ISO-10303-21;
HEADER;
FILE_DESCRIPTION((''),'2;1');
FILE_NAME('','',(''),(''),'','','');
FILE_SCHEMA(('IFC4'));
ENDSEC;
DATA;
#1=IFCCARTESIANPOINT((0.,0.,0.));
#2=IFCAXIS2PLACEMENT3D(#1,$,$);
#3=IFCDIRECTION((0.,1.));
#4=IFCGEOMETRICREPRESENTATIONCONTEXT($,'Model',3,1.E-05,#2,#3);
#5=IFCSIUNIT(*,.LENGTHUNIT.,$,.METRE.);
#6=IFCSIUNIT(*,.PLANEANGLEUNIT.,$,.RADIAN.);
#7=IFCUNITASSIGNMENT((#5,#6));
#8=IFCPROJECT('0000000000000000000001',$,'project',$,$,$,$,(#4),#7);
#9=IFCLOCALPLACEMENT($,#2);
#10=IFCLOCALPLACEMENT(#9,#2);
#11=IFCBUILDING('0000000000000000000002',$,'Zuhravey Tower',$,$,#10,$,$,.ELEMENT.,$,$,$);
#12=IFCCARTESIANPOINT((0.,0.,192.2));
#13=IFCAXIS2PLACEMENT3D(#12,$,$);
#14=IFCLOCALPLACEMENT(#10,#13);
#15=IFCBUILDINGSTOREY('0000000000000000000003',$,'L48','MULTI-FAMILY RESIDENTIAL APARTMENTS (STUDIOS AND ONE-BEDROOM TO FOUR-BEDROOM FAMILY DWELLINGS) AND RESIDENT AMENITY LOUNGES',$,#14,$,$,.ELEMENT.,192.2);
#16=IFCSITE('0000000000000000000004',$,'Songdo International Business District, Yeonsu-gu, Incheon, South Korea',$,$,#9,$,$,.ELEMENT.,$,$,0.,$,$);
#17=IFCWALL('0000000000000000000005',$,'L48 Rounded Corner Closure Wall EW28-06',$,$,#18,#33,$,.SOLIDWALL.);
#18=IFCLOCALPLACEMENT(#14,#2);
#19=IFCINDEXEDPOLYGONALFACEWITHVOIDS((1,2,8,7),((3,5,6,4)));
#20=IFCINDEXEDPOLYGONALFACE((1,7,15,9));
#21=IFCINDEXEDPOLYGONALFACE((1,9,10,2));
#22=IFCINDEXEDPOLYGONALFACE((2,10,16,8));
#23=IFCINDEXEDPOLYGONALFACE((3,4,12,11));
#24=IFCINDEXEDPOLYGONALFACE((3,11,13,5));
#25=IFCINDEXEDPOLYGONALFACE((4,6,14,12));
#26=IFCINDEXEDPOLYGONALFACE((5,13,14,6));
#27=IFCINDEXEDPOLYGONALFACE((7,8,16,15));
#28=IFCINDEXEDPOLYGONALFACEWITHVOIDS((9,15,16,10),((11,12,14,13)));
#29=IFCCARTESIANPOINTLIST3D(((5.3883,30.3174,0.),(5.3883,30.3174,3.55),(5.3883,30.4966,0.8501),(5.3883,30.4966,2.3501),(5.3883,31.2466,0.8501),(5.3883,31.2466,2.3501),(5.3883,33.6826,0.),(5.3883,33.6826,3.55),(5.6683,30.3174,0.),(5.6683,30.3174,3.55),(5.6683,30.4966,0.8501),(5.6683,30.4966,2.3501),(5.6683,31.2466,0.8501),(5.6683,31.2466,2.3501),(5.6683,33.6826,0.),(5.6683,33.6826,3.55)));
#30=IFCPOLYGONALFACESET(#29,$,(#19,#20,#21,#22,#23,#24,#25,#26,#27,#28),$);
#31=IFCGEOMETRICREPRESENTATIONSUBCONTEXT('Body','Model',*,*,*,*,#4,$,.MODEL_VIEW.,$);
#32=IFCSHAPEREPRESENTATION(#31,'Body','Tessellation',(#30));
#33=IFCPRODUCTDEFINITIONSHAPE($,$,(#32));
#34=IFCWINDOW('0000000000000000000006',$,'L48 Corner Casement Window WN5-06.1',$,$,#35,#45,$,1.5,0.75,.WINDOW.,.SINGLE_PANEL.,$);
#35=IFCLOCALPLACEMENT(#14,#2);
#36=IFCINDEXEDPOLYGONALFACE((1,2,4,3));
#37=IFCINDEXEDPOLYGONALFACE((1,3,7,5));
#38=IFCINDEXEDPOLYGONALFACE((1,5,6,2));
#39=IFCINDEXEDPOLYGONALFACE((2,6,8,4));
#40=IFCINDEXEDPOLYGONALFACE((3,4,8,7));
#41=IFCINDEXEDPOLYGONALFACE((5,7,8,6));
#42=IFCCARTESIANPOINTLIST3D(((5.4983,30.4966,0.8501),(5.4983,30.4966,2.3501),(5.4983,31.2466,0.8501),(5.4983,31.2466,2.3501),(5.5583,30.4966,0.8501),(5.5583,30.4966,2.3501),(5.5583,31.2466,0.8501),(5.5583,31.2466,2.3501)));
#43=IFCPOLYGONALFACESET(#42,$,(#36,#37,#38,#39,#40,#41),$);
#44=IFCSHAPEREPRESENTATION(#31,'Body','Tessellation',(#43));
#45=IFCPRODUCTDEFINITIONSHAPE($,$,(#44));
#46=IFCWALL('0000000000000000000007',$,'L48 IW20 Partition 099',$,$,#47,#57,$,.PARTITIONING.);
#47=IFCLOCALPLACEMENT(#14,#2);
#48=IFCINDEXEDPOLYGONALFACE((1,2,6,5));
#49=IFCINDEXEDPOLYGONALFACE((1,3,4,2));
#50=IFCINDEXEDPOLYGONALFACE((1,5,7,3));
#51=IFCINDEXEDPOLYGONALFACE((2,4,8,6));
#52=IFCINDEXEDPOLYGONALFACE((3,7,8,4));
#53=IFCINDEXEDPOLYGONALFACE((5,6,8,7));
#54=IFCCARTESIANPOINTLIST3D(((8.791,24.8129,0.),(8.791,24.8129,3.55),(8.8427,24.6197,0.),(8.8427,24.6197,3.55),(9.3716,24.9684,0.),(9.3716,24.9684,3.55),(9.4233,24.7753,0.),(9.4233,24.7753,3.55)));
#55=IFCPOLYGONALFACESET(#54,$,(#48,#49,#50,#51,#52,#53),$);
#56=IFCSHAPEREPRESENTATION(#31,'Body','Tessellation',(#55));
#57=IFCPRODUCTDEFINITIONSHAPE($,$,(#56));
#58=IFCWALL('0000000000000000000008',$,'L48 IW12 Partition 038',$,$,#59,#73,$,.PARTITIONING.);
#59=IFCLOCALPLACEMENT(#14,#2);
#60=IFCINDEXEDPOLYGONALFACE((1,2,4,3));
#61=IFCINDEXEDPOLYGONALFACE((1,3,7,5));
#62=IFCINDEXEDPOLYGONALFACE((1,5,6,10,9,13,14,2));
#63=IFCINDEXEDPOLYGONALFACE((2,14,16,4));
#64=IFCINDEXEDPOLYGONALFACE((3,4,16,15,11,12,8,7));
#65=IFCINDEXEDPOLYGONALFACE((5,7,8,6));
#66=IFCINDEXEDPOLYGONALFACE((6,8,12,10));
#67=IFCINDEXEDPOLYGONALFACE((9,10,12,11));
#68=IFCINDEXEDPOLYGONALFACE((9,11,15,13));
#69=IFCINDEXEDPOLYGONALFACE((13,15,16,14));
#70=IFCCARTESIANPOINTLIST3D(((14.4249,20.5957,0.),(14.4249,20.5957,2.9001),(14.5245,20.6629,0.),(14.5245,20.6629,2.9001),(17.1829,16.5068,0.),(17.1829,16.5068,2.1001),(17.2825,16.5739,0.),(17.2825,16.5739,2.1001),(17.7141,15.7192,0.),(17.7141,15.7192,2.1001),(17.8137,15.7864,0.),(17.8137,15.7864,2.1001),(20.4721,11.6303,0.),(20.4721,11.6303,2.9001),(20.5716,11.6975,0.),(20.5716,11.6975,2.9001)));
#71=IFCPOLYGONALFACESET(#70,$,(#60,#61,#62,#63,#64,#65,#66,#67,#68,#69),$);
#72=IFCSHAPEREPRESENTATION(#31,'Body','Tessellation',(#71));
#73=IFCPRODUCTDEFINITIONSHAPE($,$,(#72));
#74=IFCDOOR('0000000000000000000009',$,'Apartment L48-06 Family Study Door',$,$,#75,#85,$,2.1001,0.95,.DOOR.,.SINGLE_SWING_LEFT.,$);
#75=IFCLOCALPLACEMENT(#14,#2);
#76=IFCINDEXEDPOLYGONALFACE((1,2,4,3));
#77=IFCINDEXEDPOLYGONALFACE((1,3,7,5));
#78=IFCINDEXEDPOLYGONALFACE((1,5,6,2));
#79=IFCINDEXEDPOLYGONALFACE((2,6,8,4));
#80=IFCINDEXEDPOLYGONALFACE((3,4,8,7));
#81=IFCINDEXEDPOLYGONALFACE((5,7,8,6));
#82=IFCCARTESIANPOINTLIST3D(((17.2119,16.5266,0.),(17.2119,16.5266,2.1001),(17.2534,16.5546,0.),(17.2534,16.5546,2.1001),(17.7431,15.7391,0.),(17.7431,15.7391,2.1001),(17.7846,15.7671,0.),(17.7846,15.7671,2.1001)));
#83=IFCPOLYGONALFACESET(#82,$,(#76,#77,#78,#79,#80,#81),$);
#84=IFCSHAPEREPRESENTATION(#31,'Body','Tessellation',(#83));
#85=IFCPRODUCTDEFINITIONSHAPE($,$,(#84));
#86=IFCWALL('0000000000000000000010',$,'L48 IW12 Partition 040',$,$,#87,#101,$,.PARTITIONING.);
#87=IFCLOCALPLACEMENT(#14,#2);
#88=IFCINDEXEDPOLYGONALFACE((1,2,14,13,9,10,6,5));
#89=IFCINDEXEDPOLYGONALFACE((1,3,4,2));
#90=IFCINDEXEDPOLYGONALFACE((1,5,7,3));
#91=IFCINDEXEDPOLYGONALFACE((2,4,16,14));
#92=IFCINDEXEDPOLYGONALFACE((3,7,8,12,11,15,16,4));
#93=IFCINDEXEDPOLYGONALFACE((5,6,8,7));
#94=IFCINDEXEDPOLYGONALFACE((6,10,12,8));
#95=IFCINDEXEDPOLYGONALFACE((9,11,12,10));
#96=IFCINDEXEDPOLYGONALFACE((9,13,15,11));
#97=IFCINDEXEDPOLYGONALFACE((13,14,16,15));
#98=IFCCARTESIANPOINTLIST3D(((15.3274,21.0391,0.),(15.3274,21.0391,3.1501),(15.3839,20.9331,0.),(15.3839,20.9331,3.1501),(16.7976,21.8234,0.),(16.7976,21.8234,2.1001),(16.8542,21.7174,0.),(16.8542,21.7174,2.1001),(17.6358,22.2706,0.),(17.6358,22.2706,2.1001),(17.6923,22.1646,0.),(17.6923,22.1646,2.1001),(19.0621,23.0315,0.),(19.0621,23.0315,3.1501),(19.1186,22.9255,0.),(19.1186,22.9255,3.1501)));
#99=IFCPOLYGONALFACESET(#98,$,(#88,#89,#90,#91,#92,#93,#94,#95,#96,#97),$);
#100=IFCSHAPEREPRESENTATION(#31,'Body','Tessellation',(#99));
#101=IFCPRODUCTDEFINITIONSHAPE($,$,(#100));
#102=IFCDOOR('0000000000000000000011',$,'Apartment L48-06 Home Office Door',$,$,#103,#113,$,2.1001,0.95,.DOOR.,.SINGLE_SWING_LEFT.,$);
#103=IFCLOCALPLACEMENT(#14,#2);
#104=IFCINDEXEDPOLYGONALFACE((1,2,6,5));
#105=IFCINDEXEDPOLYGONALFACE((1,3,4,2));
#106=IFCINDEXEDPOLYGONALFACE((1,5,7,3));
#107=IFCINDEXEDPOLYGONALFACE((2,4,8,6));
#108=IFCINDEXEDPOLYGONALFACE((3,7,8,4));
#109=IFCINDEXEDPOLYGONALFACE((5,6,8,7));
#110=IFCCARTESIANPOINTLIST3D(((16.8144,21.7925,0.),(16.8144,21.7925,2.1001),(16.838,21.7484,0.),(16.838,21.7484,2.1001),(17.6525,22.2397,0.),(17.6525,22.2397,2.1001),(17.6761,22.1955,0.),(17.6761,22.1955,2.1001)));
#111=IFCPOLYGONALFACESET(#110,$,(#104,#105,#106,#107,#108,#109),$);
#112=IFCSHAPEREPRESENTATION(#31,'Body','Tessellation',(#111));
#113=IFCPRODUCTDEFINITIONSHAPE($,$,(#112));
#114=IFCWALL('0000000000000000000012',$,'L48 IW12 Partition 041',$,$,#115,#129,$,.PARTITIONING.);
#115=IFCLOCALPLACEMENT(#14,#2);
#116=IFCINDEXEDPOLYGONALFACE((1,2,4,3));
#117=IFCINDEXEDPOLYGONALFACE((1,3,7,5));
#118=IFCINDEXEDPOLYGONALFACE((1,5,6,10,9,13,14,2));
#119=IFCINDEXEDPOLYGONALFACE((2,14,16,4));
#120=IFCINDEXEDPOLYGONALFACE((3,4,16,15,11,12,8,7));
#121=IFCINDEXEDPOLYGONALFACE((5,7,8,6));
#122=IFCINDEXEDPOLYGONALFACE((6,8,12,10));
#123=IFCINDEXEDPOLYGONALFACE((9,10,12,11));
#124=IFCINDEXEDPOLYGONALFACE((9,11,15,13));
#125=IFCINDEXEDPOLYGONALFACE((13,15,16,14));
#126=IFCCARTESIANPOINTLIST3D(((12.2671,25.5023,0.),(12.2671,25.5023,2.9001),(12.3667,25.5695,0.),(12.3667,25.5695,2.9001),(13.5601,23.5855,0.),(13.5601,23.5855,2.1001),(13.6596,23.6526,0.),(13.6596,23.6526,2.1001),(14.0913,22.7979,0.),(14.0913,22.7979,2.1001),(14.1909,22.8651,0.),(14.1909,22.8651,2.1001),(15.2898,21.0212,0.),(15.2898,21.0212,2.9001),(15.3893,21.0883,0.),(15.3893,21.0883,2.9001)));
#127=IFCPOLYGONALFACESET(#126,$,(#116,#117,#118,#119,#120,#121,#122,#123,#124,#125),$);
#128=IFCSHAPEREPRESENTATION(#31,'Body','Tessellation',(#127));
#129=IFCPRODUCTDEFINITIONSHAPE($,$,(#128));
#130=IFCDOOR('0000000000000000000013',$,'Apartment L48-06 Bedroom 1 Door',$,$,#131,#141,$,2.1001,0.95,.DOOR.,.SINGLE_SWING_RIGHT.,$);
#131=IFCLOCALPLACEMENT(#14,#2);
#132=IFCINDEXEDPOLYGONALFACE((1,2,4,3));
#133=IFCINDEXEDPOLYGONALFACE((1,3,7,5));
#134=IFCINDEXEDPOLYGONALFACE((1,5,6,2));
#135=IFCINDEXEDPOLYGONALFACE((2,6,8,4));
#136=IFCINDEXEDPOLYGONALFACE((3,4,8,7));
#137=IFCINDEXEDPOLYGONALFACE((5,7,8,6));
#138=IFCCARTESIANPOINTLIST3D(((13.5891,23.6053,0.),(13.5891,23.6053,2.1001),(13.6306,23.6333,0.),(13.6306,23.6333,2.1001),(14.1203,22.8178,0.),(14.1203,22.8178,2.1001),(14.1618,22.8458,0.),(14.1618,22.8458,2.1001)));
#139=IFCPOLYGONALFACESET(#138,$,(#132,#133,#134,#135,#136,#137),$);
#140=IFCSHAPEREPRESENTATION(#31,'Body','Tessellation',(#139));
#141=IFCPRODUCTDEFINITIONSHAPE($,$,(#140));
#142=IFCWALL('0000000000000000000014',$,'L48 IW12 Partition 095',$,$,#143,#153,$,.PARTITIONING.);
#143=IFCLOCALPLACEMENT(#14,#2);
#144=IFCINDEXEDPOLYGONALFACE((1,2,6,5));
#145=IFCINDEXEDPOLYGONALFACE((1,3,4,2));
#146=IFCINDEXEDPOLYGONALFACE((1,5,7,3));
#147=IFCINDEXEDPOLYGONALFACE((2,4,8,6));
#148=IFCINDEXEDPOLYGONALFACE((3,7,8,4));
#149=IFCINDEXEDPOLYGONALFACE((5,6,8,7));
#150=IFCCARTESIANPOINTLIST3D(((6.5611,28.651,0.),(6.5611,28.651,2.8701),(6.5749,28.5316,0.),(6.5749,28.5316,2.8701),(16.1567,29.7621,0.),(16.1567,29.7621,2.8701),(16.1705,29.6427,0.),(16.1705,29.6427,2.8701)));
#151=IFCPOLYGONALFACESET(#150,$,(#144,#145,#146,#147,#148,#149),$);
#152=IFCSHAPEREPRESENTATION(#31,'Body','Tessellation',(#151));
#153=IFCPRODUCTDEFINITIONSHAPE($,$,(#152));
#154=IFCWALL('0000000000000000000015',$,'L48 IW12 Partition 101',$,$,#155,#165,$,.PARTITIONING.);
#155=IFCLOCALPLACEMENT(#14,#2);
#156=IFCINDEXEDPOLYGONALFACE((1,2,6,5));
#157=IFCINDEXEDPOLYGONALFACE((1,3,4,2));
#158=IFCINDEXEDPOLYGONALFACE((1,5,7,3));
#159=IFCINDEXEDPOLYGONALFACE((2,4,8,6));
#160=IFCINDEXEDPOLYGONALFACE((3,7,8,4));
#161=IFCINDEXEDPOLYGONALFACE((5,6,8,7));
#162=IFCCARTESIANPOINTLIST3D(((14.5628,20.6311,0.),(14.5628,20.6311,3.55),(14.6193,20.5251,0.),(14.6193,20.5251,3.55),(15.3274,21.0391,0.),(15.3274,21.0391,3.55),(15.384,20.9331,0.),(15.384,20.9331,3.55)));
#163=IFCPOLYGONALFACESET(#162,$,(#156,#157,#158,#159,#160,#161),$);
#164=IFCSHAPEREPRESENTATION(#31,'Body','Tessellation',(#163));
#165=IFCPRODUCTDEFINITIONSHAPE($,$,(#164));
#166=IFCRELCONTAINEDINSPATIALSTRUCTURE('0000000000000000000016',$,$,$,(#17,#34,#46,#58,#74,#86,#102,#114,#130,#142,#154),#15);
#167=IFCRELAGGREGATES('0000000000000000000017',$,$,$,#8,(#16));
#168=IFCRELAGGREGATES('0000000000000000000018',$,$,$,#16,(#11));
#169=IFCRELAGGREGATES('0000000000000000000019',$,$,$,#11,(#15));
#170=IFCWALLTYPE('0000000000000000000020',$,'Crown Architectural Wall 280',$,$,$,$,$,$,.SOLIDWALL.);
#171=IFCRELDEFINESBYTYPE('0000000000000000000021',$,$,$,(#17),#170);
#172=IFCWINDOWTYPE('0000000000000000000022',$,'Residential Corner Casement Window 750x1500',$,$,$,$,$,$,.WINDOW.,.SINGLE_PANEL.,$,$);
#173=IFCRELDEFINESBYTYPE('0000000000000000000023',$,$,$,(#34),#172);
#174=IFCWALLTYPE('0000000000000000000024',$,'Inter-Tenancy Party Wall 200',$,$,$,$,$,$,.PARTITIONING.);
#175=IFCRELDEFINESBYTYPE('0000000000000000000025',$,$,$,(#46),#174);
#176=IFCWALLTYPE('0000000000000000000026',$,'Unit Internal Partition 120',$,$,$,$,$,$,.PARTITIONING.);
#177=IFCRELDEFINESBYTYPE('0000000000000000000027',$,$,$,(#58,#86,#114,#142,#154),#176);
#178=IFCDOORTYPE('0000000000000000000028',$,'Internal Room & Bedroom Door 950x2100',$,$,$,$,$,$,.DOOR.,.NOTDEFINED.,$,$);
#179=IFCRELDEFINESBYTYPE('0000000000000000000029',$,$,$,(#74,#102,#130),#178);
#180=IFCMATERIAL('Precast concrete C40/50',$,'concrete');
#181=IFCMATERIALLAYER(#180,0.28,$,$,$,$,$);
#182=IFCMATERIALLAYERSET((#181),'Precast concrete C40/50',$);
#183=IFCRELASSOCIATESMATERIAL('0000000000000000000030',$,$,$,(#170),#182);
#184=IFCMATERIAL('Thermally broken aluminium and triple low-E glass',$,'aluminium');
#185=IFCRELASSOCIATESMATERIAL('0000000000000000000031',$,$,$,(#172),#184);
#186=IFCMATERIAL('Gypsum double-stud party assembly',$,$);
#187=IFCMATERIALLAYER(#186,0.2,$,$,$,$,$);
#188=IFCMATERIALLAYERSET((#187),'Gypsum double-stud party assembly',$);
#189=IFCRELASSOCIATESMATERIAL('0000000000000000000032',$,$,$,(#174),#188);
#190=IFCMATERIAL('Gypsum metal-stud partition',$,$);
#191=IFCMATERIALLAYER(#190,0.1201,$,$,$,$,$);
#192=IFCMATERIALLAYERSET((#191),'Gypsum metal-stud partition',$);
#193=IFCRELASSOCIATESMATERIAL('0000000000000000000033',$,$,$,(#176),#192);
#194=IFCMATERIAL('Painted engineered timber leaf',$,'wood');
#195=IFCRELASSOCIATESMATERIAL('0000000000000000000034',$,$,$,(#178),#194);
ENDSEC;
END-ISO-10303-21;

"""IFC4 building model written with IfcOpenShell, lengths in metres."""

from ifc_helpers import new_model, si_unit, direction, frame, frame_2d, origin, place, context, subcontext, project, spatial, rectangle, extrude, material, layer, layer_set, type_object, element, fill, save


model = new_model("IFC4")

# Units and contexts
model_context = context("Model", 3, precision=1e-05, world=origin(), true_north=direction((0.0, 1.0)))
body_context = subcontext(model_context, "Body", "Model", "MODEL_VIEW")
ifc_project = project(units=[si_unit("LENGTHUNIT", "METRE"), si_unit("PLANEANGLEUNIT", "RADIAN")], contexts=[model_context])

# Site, building, storey
site_placement = place(None, origin())
site = spatial("IfcSite", under=ifc_project, at=site_placement, Name="Songdo International Business District, Yeonsu-gu, Incheon, South Korea", CompositionType="ELEMENT", RefElevation=0.0)
building_placement = place(site_placement, origin())
building = spatial("IfcBuilding", under=site, at=building_placement, Name="Zuhravey Tower", CompositionType="ELEMENT")
storey_placement = place(building_placement, frame((0.0, 0.0, 192.2)))
storey = spatial("IfcBuildingStorey", under=building, at=storey_placement, Name="L48", Description="MULTI-FAMILY RESIDENTIAL APARTMENTS (STUDIOS AND ONE-BEDROOM TO FOUR-BEDROOM FAMILY DWELLINGS) AND RESIDENT AMENITY LOUNGES", CompositionType="ELEMENT", Elevation=192.2)

# Wall, opening, window
ifc_material_1 = material(Name="Precast concrete C40/50", Category="concrete")
ifc_layer_1 = layer(ifc_material_1, 0.28)
ifc_layer_set_1 = layer_set([ifc_layer_1], Name="Precast concrete C40/50")
wall_type_1 = type_object("IfcWallType", Name="Crown Architectural Wall 280", PredefinedType="SOLIDWALL", material=ifc_layer_set_1)
wall_1_placement = place(storey_placement, frame((5.5283, 30.3174, 0.0), z_axis=(0.0, 0.0, 1.0), x_axis=(0.0, 1.0, 0.0)))
wall_1 = element("IfcWall", 1, at=wall_1_placement, inside=storey, type_object=wall_type_1, Name="L48 Rounded Corner Closure Wall EW28-06", PredefinedType="SOLIDWALL", context=body_context, shape_type="SweptSolid", body=[
    extrude(rectangle(XDim=3.3652, YDim=0.28, at=frame_2d((1.6826, 0.0))), origin(), (0.0, 0.0, 1.0), 3.55),
])
opening_1_placement = place(wall_1_placement, frame((0.1792, 0.0, 0.8501)))
opening_1 = element("IfcOpeningElement", 2, at=opening_1_placement, cuts=wall_1, PredefinedType="OPENING", context=body_context, shape_type="SweptSolid", body=[
    extrude(rectangle(XDim=0.75, YDim=1.5, at=frame_2d((0.375, 0.75))), frame((0.0, 0.1521, 0.0), z_axis=(0.0, -1.0, 0.0), x_axis=(1.0, 0.0, 0.0)), (0.0, 0.0, 1.0), 0.304),
])
ifc_material_2 = material(Name="Thermally broken aluminium and triple low-E glass", Category="aluminium")
window_type = type_object("IfcWindowType", Name="Residential Corner Casement Window 750x1500", PartitioningType="SINGLE_PANEL", PredefinedType="WINDOW", material=ifc_material_2)
window_placement = place(opening_1_placement, origin())
window = element("IfcWindow", 3, at=window_placement, inside=storey, type_object=window_type, Name="L48 Corner Casement Window WN5-06.1", OverallHeight=1.5, OverallWidth=0.75, PartitioningType="SINGLE_PANEL", PredefinedType="WINDOW", context=body_context, shape_type="SweptSolid", body=[
    extrude(rectangle(XDim=0.75, YDim=1.5, at=frame_2d((0.375, 0.75))), frame((0.0, 0.03, 0.0), z_axis=(0.0, -1.0, 0.0), x_axis=(1.0, 0.0, 0.0)), (0.0, 0.0, 1.0), 0.0601),
])
fill(opening_1, window)

# Wall
ifc_material_3 = material(Name="Gypsum double-stud party assembly")
ifc_layer_2 = layer(ifc_material_3, 0.2)
ifc_layer_set_2 = layer_set([ifc_layer_2], Name="Gypsum double-stud party assembly")
wall_type_2 = type_object("IfcWallType", Name="Inter-Tenancy Party Wall 200", PredefinedType="PARTITIONING", material=ifc_layer_set_2)
wall_2_placement = place(storey_placement, frame((9.3975, 24.8718, 0.0), z_axis=(0.0, 0.0, 1.0), x_axis=(-0.965944, -0.25875, 0.0)))
element("IfcWall", 4, at=wall_2_placement, inside=storey, type_object=wall_type_2, Name="L48 IW20 Partition 099", PredefinedType="PARTITIONING", context=body_context, shape_type="SweptSolid", body=[
    extrude(rectangle(XDim=0.6011, YDim=0.2, at=frame_2d((0.3005, 0.0))), origin(), (0.0, 0.0, 1.0), 3.55),
])

# Walls, openings, doors
ifc_material_4 = material(Name="Gypsum metal-stud partition")
ifc_layer_3 = layer(ifc_material_4, 0.1201)
ifc_layer_set_3 = layer_set([ifc_layer_3], Name="Gypsum metal-stud partition")
wall_type_3 = type_object("IfcWallType", Name="Unit Internal Partition 120", PredefinedType="PARTITIONING", material=ifc_layer_set_3)
wall_3_placement = place(storey_placement, frame((14.4746, 20.6294, 0.0), z_axis=(0.0, 0.0, 1.0), x_axis=(0.559188, -0.829041, 0.0)))
wall_3 = element("IfcWall", 5, at=wall_3_placement, inside=storey, type_object=wall_type_3, Name="L48 IW12 Partition 038", PredefinedType="PARTITIONING", context=body_context, shape_type="SweptSolid", body=[
    extrude(rectangle(XDim=10.8142, YDim=0.1201, at=frame_2d((5.4072, 0.0))), origin(), (0.0, 0.0, 1.0), 2.9001),
])
opening_2_placement = place(wall_3_placement, frame((4.9321, 0.0, 0.0)))
opening_2 = element("IfcOpeningElement", 6, at=opening_2_placement, cuts=wall_3, PredefinedType="OPENING", context=body_context, shape_type="SweptSolid", body=[
    extrude(rectangle(XDim=0.95, YDim=2.1001, at=frame_2d((0.4751, 1.05))), frame((0.0, 0.072, 0.0), z_axis=(0.0, -1.0, 0.0), x_axis=(1.0, 0.0, 0.0)), (0.0, 0.0, 1.0), 0.144),
])
ifc_material_5 = material(Name="Painted engineered timber leaf", Category="wood")
door_type = type_object("IfcDoorType", Name="Internal Room & Bedroom Door 950x2100", OperationType="NOTDEFINED", PredefinedType="DOOR", material=ifc_material_5)
door_1_placement = place(opening_2_placement, frame((0.95, 0.0, 0.0), z_axis=(0.0, 0.0, 1.0), x_axis=(-1.0, 0.0, 0.0)))
door_1 = element("IfcDoor", 7, at=door_1_placement, inside=storey, type_object=door_type, Name="Apartment L48-06 Family Study Door", OperationType="SINGLE_SWING_LEFT", OverallHeight=2.1001, OverallWidth=0.95, PredefinedType="DOOR", context=body_context, shape_type="SweptSolid", body=[
    extrude(rectangle(XDim=0.95, YDim=2.1001, at=frame_2d((0.4751, 1.05))), frame((0.0, 0.0249, 0.0), z_axis=(0.0, -1.0, 0.0), x_axis=(1.0, 0.0, 0.0)), (0.0, 0.0, 1.0), 0.05),
])
fill(opening_2, door_1)
wall_4_placement = place(storey_placement, frame((19.0903, 22.9785, 0.0), z_axis=(0.0, 0.0, 1.0), x_axis=(-0.882291, -0.470705, 0.0)))
wall_4 = element("IfcWall", 8, at=wall_4_placement, inside=storey, type_object=wall_type_3, Name="L48 IW12 Partition 040", PredefinedType="PARTITIONING", context=body_context, shape_type="SweptSolid", body=[
    extrude(rectangle(XDim=4.2329, YDim=0.1201, at=frame_2d((2.1165, 0.0))), origin(), (0.0, 0.0, 1.0), 3.1501),
])
opening_3_placement = place(wall_4_placement, frame((1.6165, 0.0, 0.0)))
opening_3 = element("IfcOpeningElement", 9, at=opening_3_placement, cuts=wall_4, PredefinedType="OPENING", context=body_context, shape_type="SweptSolid", body=[
    extrude(rectangle(XDim=0.95, YDim=2.1001, at=frame_2d((0.4751, 1.05))), frame((0.0, 0.072, 0.0), z_axis=(0.0, -1.0, 0.0), x_axis=(1.0, 0.0, 0.0)), (0.0, 0.0, 1.0), 0.144),
])
door_2_placement = place(opening_3_placement, frame((0.95, 0.0, 0.0), z_axis=(0.0, 0.0, 1.0), x_axis=(-1.0, 0.0, 0.0)))
door_2 = element("IfcDoor", 10, at=door_2_placement, inside=storey, type_object=door_type, Name="Apartment L48-06 Home Office Door", OperationType="SINGLE_SWING_LEFT", OverallHeight=2.1001, OverallWidth=0.95, PredefinedType="DOOR", context=body_context, shape_type="SweptSolid", body=[
    extrude(rectangle(XDim=0.95, YDim=2.1001, at=frame_2d((0.4751, 1.05))), frame((0.0, 0.0249, 0.0), z_axis=(0.0, -1.0, 0.0), x_axis=(1.0, 0.0, 0.0)), (0.0, 0.0, 1.0), 0.05),
])
fill(opening_3, door_2)
wall_5_placement = place(storey_placement, frame((12.3169, 25.5359, 0.0), z_axis=(0.0, 0.0, 1.0), x_axis=(0.559205, -0.829029, 0.0)))
wall_5 = element("IfcWall", 11, at=wall_5_placement, inside=storey, type_object=wall_type_3, Name="L48 IW12 Partition 041", PredefinedType="PARTITIONING", context=body_context, shape_type="SweptSolid", body=[
    extrude(rectangle(XDim=5.4053, YDim=0.1201, at=frame_2d((2.7026, 0.0))), origin(), (0.0, 0.0, 1.0), 2.9001),
])
opening_4_placement = place(wall_5_placement, frame((2.312, 0.0, 0.0)))
opening_4 = element("IfcOpeningElement", 12, at=opening_4_placement, cuts=wall_5, PredefinedType="OPENING", context=body_context, shape_type="SweptSolid", body=[
    extrude(rectangle(XDim=0.95, YDim=2.1001, at=frame_2d((0.4751, 1.05))), frame((0.0, 0.072, 0.0), z_axis=(0.0, -1.0, 0.0), x_axis=(1.0, 0.0, 0.0)), (0.0, 0.0, 1.0), 0.144),
])
door_3_placement = place(opening_4_placement, frame((0.95, 0.0, 0.0), z_axis=(0.0, 0.0, 1.0), x_axis=(-1.0, 0.0, 0.0)))
door_3 = element("IfcDoor", 13, at=door_3_placement, inside=storey, type_object=door_type, Name="Apartment L48-06 Bedroom 1 Door", OperationType="SINGLE_SWING_RIGHT", OverallHeight=2.1001, OverallWidth=0.95, PredefinedType="DOOR", context=body_context, shape_type="SweptSolid", body=[
    extrude(rectangle(XDim=0.95, YDim=2.1001, at=frame_2d((0.4751, 1.05))), frame((0.0, 0.0249, 0.0), z_axis=(0.0, -1.0, 0.0), x_axis=(1.0, 0.0, 0.0)), (0.0, 0.0, 1.0), 0.05),
])
fill(opening_4, door_3)

# Walls
wall_6_placement = place(storey_placement, frame((16.1636, 29.7024, 0.0), z_axis=(0.0, 0.0, 1.0), x_axis=(-0.993363, -0.115024, 0.0)))
element("IfcWall", 14, at=wall_6_placement, inside=storey, type_object=wall_type_3, Name="L48 IW12 Partition 095", PredefinedType="PARTITIONING", context=body_context, shape_type="SweptSolid", body=[
    extrude(rectangle(XDim=9.6597, YDim=0.1201, at=frame_2d((4.8298, 0.0))), origin(), (0.0, 0.0, 1.0), 2.8701),
])
wall_7_placement = place(storey_placement, frame((15.3557, 20.9861, 0.0), z_axis=(0.0, 0.0, 1.0), x_axis=(-0.882283, -0.47072, 0.0)))
element("IfcWall", 15, at=wall_7_placement, inside=storey, type_object=wall_type_3, Name="L48 IW12 Partition 101", PredefinedType="PARTITIONING", context=body_context, shape_type="SweptSolid", body=[
    extrude(rectangle(XDim=0.8667, YDim=0.1201, at=frame_2d((0.4333, 0.0))), origin(), (0.0, 0.0, 1.0), 3.55),
])

save(model, "model.ifc")
